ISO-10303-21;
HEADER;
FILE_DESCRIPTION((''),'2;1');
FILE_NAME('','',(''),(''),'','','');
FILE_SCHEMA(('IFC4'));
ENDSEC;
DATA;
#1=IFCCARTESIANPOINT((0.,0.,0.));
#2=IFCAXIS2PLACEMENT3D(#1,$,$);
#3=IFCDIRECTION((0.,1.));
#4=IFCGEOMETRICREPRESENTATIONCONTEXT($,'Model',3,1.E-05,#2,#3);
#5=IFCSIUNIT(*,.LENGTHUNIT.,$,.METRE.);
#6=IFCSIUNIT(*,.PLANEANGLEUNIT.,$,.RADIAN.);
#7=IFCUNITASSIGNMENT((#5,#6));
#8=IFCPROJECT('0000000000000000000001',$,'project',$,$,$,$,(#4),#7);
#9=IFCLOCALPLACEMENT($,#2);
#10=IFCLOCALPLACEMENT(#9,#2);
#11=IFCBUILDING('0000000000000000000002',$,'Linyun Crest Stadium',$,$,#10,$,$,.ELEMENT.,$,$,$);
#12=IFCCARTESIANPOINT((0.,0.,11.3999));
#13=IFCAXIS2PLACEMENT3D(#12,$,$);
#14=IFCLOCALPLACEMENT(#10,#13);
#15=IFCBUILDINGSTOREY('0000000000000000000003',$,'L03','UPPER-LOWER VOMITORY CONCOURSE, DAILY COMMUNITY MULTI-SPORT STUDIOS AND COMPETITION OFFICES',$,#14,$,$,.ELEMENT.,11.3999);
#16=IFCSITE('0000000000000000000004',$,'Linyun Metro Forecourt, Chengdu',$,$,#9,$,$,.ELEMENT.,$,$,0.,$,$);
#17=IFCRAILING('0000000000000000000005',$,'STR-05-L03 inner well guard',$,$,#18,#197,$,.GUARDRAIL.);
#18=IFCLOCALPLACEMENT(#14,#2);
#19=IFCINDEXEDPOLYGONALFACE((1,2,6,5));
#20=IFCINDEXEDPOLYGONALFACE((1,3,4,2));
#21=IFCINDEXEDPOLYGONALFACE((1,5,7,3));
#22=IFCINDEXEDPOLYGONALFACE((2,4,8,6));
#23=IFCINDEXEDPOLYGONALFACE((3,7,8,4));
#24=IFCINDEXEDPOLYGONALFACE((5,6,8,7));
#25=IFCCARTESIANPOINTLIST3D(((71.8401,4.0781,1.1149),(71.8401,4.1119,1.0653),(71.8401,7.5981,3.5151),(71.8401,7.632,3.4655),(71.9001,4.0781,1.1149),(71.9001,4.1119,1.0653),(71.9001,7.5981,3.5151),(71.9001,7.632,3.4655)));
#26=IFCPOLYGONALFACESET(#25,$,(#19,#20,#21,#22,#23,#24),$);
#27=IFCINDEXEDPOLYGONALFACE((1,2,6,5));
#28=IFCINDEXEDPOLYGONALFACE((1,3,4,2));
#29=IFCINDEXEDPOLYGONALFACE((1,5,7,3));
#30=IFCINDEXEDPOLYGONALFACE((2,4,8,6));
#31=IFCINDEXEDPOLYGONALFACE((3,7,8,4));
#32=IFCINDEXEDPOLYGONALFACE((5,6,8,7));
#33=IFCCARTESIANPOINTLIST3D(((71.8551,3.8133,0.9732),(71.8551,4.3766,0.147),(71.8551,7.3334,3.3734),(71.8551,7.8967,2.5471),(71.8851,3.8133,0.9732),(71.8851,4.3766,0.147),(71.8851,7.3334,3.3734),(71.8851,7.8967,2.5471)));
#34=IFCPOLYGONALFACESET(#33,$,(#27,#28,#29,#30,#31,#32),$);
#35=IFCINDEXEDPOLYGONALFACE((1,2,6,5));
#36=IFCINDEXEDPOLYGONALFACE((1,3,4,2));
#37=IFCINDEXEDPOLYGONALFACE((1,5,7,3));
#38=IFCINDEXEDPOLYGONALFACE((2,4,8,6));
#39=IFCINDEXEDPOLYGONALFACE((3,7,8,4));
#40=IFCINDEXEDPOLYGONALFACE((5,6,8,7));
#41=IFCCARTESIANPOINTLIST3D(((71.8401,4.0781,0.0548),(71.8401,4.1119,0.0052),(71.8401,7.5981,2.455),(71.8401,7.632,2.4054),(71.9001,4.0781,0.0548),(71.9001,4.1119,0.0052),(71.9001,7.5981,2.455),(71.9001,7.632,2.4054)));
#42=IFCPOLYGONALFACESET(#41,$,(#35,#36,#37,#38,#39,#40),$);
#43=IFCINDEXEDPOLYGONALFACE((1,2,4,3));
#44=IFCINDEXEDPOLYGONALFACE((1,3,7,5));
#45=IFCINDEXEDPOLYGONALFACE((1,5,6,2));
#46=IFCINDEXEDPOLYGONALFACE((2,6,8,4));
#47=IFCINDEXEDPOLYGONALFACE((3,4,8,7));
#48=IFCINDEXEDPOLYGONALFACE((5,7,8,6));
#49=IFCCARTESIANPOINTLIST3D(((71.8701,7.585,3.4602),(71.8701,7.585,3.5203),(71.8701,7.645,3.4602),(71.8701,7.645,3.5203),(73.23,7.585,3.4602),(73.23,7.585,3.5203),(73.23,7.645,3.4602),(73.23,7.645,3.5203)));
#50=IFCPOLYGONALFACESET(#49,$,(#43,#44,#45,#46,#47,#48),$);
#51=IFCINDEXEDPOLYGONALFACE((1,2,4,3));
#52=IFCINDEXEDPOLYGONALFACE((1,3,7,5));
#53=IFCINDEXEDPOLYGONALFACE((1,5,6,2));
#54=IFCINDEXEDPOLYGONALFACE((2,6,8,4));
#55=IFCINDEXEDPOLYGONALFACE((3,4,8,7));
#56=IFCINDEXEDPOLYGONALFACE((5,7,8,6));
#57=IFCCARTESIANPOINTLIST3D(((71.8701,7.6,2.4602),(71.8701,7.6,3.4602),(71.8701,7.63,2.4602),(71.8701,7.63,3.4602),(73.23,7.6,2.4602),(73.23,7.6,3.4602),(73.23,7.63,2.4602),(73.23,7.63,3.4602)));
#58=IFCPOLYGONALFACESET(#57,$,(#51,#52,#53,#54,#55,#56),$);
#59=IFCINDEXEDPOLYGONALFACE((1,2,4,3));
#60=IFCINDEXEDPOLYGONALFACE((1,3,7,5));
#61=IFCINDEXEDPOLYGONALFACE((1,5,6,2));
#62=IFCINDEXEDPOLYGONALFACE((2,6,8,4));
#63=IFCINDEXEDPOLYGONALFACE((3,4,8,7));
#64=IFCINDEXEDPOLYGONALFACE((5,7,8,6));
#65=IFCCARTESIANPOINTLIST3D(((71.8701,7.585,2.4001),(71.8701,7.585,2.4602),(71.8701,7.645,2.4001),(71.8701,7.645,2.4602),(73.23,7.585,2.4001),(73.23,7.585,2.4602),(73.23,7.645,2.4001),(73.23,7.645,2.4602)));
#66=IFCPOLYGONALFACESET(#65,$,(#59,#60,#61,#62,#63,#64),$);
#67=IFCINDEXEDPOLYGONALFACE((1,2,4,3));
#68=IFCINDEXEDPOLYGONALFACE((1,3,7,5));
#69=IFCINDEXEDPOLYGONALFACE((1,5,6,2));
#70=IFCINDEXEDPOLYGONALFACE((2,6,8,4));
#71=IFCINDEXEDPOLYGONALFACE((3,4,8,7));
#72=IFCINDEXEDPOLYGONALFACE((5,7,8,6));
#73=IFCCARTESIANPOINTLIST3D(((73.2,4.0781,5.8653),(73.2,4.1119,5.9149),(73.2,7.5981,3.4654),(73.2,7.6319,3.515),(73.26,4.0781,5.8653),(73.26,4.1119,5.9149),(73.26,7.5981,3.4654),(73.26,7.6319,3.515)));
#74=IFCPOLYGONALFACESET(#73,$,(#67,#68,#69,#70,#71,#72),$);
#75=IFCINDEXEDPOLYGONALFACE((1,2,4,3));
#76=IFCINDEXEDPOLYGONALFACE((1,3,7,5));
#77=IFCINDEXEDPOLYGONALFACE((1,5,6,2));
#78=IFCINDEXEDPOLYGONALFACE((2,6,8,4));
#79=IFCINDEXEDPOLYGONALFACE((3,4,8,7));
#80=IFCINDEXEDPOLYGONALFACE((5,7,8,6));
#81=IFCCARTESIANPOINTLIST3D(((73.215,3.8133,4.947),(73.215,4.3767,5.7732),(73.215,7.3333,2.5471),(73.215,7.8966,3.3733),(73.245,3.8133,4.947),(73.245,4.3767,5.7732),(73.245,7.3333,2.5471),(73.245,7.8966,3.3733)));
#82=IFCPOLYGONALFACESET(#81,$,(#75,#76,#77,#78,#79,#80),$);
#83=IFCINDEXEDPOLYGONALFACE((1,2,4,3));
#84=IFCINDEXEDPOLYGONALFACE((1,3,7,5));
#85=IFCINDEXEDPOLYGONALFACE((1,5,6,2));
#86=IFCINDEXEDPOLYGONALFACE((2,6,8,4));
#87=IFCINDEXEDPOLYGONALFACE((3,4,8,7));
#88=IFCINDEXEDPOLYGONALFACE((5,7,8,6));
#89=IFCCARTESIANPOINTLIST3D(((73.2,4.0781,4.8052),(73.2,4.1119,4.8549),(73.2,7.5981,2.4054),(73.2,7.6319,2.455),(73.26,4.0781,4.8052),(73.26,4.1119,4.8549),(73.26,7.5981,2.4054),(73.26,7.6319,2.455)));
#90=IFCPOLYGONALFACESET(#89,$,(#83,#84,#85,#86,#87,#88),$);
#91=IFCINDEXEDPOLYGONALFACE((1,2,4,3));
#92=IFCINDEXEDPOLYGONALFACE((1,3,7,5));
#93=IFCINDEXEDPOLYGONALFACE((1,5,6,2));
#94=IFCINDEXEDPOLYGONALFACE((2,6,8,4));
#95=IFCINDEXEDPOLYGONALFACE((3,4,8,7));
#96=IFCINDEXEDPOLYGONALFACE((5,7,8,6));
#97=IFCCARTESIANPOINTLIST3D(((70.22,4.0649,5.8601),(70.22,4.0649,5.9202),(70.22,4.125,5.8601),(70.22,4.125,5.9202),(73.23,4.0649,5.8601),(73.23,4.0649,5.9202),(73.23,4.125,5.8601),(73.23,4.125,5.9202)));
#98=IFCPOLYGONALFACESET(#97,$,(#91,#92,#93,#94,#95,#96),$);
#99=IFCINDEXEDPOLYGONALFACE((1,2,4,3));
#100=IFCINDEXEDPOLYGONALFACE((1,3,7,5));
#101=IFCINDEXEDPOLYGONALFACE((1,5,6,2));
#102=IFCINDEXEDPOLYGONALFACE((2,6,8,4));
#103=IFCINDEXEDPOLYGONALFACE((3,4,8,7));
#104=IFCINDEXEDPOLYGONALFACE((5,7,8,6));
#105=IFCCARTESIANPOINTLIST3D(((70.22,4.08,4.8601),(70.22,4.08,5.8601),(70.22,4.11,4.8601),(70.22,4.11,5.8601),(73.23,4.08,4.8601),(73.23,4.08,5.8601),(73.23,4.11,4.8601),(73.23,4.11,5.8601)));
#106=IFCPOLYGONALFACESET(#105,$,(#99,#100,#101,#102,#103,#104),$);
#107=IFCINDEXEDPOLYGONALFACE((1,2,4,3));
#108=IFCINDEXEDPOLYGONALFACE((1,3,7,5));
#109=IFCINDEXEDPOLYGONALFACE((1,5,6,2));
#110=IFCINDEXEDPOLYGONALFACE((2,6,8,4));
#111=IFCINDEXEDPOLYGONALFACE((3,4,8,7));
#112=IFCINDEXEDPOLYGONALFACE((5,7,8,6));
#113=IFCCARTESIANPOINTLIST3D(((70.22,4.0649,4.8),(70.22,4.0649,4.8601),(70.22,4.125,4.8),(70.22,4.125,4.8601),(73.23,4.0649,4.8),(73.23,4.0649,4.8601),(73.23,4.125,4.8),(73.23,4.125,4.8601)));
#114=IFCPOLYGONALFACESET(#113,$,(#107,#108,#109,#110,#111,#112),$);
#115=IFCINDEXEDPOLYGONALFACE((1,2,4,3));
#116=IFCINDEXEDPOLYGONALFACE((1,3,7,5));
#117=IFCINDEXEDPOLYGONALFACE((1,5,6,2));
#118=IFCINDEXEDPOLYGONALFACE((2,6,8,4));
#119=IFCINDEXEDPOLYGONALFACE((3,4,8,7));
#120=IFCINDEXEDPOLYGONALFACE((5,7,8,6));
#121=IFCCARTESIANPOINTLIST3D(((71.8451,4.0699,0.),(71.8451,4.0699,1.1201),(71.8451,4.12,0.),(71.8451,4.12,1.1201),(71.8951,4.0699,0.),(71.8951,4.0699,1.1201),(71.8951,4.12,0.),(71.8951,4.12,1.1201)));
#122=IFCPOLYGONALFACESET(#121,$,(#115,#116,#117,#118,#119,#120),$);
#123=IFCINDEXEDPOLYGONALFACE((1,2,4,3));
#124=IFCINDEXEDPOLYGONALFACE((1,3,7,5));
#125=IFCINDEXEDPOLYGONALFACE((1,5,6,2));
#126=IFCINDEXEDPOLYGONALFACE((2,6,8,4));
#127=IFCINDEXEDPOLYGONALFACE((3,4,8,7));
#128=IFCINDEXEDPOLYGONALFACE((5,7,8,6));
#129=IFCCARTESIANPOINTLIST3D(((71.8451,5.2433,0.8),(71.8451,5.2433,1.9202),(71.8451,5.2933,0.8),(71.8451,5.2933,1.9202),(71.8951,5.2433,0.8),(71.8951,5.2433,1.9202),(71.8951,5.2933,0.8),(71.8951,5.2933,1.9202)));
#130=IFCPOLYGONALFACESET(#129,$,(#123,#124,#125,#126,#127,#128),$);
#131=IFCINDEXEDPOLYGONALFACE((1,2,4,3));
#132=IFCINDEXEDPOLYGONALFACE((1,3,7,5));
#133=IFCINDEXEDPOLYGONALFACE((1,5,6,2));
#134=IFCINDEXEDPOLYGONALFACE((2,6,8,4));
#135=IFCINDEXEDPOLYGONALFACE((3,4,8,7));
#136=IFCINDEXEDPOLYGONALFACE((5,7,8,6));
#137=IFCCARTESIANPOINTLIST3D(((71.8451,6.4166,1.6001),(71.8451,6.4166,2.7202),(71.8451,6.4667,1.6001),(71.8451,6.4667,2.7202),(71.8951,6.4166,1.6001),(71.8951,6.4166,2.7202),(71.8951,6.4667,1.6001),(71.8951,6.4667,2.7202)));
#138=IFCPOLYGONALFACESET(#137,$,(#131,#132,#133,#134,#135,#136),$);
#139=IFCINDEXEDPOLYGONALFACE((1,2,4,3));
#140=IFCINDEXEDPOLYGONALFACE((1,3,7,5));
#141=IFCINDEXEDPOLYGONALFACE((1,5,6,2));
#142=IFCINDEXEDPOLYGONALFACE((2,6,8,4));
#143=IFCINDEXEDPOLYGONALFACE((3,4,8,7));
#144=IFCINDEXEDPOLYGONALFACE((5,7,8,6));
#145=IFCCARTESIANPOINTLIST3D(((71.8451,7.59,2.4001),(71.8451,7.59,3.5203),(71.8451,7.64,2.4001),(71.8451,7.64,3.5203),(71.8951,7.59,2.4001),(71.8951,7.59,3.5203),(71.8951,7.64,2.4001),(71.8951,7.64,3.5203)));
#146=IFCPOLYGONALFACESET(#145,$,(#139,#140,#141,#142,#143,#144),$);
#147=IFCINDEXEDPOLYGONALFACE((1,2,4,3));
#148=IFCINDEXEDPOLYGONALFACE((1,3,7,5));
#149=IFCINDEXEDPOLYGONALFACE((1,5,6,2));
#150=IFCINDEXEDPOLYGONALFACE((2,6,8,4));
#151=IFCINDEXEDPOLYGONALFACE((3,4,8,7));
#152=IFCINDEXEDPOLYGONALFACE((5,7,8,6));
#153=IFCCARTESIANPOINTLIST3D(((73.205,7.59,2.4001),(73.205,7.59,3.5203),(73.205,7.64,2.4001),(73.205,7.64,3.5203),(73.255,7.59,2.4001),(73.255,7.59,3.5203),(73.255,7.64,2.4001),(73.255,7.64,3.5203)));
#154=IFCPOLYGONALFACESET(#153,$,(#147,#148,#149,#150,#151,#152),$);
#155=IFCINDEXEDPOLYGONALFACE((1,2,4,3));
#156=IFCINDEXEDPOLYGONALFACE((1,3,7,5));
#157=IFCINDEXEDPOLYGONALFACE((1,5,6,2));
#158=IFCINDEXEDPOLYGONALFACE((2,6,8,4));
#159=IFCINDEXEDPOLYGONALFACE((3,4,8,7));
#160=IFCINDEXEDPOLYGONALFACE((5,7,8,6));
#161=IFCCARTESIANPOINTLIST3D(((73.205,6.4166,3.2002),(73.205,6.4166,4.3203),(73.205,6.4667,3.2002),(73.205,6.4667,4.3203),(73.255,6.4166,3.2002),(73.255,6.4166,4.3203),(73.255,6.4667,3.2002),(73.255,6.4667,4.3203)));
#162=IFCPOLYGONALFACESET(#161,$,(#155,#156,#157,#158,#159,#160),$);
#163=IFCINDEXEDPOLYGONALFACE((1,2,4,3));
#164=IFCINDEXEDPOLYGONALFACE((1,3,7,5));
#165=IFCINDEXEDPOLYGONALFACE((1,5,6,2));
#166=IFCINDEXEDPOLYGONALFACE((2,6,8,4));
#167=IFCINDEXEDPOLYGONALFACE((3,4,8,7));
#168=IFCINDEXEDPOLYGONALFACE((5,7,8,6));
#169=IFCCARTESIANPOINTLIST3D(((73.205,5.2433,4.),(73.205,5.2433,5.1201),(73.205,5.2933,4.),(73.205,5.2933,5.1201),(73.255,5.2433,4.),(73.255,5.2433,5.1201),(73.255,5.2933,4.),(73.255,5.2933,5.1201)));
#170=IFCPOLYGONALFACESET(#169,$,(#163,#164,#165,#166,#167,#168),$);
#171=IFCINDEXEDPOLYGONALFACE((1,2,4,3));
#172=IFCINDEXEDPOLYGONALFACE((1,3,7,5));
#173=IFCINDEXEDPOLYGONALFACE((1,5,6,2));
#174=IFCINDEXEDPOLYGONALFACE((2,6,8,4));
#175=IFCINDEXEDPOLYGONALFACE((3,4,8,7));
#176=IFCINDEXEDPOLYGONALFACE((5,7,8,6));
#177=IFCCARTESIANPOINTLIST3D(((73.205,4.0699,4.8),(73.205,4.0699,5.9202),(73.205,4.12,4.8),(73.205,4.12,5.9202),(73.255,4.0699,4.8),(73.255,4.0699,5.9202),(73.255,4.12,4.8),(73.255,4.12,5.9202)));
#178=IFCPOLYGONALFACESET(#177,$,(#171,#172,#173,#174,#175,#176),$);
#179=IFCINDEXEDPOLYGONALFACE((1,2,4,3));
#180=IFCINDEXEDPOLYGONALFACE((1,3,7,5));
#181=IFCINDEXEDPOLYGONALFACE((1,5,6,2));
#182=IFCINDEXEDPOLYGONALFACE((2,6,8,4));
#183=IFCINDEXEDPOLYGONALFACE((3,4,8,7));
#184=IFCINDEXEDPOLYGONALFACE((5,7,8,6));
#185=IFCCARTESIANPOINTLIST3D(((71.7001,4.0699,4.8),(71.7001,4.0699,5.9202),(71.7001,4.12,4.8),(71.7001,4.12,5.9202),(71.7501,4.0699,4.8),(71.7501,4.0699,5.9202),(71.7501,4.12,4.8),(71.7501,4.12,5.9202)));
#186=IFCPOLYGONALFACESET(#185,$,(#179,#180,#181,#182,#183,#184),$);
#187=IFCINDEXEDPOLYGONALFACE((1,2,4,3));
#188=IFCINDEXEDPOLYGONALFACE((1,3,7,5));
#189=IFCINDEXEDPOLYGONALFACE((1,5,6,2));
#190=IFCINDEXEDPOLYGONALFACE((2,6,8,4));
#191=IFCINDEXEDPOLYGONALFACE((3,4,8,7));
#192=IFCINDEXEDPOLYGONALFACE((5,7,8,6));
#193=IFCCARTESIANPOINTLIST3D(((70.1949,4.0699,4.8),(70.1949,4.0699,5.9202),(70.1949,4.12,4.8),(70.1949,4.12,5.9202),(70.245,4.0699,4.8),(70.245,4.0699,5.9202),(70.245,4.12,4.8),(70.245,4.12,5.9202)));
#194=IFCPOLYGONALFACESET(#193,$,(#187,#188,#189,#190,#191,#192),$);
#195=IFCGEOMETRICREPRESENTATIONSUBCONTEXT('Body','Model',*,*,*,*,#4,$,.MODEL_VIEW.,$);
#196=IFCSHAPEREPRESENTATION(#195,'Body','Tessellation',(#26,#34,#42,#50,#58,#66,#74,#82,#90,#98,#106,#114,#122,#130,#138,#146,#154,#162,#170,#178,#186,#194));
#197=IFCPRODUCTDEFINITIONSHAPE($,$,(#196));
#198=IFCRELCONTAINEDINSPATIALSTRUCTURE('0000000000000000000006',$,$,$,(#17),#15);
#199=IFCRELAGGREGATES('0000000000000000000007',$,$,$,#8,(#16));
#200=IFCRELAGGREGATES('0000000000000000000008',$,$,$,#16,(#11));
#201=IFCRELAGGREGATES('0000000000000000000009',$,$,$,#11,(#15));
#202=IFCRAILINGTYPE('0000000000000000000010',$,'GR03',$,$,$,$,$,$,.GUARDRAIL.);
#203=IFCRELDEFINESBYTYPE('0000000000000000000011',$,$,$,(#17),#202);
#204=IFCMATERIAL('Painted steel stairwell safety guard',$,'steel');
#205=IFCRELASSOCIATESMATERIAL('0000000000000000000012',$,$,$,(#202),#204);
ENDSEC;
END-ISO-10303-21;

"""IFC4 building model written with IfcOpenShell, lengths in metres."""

from ifc_helpers import new_model, si_unit, direction, frame, origin, origin_2d, place, context, subcontext, project, spatial, rectangle, extrude, material, type_object, element, save


model = new_model("IFC4")

# Units and contexts
model_context = context("Model", 3, precision=1e-05, world=origin(), true_north=direction((0.0, 1.0)))
body_context = subcontext(model_context, "Body", "Model", "MODEL_VIEW")
ifc_project = project(units=[si_unit("LENGTHUNIT", "METRE"), si_unit("PLANEANGLEUNIT", "RADIAN")], contexts=[model_context])

# Site, building, storey
site_placement = place(None, origin())
site = spatial("IfcSite", under=ifc_project, at=site_placement, Name="Linyun Metro Forecourt, Chengdu", CompositionType="ELEMENT", RefElevation=0.0)
building_placement = place(site_placement, origin())
building = spatial("IfcBuilding", under=site, at=building_placement, Name="Linyun Crest Stadium", CompositionType="ELEMENT")
storey_placement = place(building_placement, frame((0.0, 0.0, 11.3999)))
storey = spatial("IfcBuildingStorey", under=building, at=storey_placement, Name="L03", Description="UPPER-LOWER VOMITORY CONCOURSE, DAILY COMMUNITY MULTI-SPORT STUDIOS AND COMPETITION OFFICES", CompositionType="ELEMENT", Elevation=11.3999)

# Railing
ifc_material_1 = material(Name="Painted steel stairwell safety guard", Category="steel")
railing_type_1 = type_object("IfcRailingType", Name="GR03", PredefinedType="GUARDRAIL", material=ifc_material_1)
railing_1_placement = place(storey_placement, frame((71.8701, 4.095, 0.0)))
element("IfcRailing", 1, at=railing_1_placement, inside=storey, type_object=railing_type_1, Name="STR-05-L03 inner well guard", PredefinedType="GUARDRAIL", context=body_context, shape_type="SweptSolid", body=[
    extrude(rectangle(XDim=0.0601, YDim=0.0601, at=origin_2d()), frame((0.0, 0.0, 1.0901), z_axis=(0.0, 0.826213, 0.563358), x_axis=(-1.0, 0.0, 0.0)), (0.0, 0.0, 1.0), 4.2605),
    extrude(rectangle(XDim=0.03, YDim=1.0, at=origin_2d()), frame((0.0, 0.0, 0.5601), z_axis=(0.0, 0.826213, 0.563358), x_axis=(-1.0, 0.0, 0.0)), (0.0, 0.0, 1.0), 4.2605),
    extrude(rectangle(XDim=0.0601, YDim=0.0601, at=origin_2d()), frame((0.0, 0.0, 0.03), z_axis=(0.0, 0.826213, 0.563358), x_axis=(-1.0, 0.0, 0.0)), (0.0, 0.0, 1.0), 4.2605),
    extrude(rectangle(XDim=0.0601, YDim=0.0601, at=origin_2d()), frame((0.0, 3.52, 3.4902), z_axis=(1.0, 0.0, 0.0), x_axis=(0.0, 1.0, 0.0)), (0.0, 0.0, 1.0), 1.3599),
    extrude(rectangle(XDim=0.03, YDim=1.0, at=origin_2d()), frame((0.0, 3.52, 2.9602), z_axis=(1.0, 0.0, 0.0), x_axis=(0.0, 1.0, 0.0)), (0.0, 0.0, 1.0), 1.3599),
    extrude(rectangle(XDim=0.0601, YDim=0.0601, at=origin_2d()), frame((0.0, 3.52, 2.4302), z_axis=(1.0, 0.0, 0.0), x_axis=(0.0, 1.0, 0.0)), (0.0, 0.0, 1.0), 1.3599),
    extrude(rectangle(XDim=0.0601, YDim=0.0601, at=origin_2d()), frame((1.3599, 3.52, 3.4902), z_axis=(0.0, -0.826239, 0.563319), x_axis=(1.0, 0.0, 0.0)), (0.0, 0.0, 1.0), 4.2603),
    extrude(rectangle(XDim=0.03, YDim=1.0, at=origin_2d()), frame((1.3599, 3.52, 2.9602), z_axis=(0.0, -0.826239, 0.563319), x_axis=(1.0, 0.0, 0.0)), (0.0, 0.0, 1.0), 4.2603),
    extrude(rectangle(XDim=0.0601, YDim=0.0601, at=origin_2d()), frame((1.3599, 3.52, 2.4302), z_axis=(0.0, -0.826239, 0.563319), x_axis=(1.0, 0.0, 0.0)), (0.0, 0.0, 1.0), 4.2603),
    extrude(rectangle(XDim=0.0601, YDim=0.0601, at=origin_2d()), frame((1.3599, 0.0, 5.8901), z_axis=(-1.0, 0.0, 0.0), x_axis=(0.0, -1.0, 0.0)), (0.0, 0.0, 1.0), 3.01),
    extrude(rectangle(XDim=0.03, YDim=1.0, at=origin_2d()), frame((1.3599, 0.0, 5.3601), z_axis=(-1.0, 0.0, 0.0), x_axis=(0.0, -1.0, 0.0)), (0.0, 0.0, 1.0), 3.01),
    extrude(rectangle(XDim=0.0601, YDim=0.0601, at=origin_2d()), frame((1.3599, 0.0, 4.8301), z_axis=(-1.0, 0.0, 0.0), x_axis=(0.0, -1.0, 0.0)), (0.0, 0.0, 1.0), 3.01),
    extrude(rectangle(XDim=0.05, YDim=0.05, at=origin_2d()), origin(), (0.0, 0.0, 1.0), 1.1201),
    extrude(rectangle(XDim=0.05, YDim=0.05, at=origin_2d()), frame((0.0, 1.1733, 0.8)), (0.0, 0.0, 1.0), 1.1201),
    extrude(rectangle(XDim=0.05, YDim=0.05, at=origin_2d()), frame((0.0, 2.3467, 1.6001)), (0.0, 0.0, 1.0), 1.1201),
    extrude(rectangle(XDim=0.05, YDim=0.05, at=origin_2d()), frame((0.0, 3.52, 2.4001)), (0.0, 0.0, 1.0), 1.1201),
    extrude(rectangle(XDim=0.05, YDim=0.05, at=origin_2d()), frame((1.3599, 3.52, 2.4001)), (0.0, 0.0, 1.0), 1.1201),
    extrude(rectangle(XDim=0.05, YDim=0.05, at=origin_2d()), frame((1.3599, 2.3467, 3.2002)), (0.0, 0.0, 1.0), 1.1201),
    extrude(rectangle(XDim=0.05, YDim=0.05, at=origin_2d()), frame((1.3599, 1.1733, 4.0)), (0.0, 0.0, 1.0), 1.1201),
    extrude(rectangle(XDim=0.05, YDim=0.05, at=origin_2d()), frame((1.3599, 0.0, 4.8)), (0.0, 0.0, 1.0), 1.1201),
    extrude(rectangle(XDim=0.05, YDim=0.05, at=origin_2d()), frame((-0.145, 0.0, 4.8)), (0.0, 0.0, 1.0), 1.1201),
    extrude(rectangle(XDim=0.05, YDim=0.05, at=origin_2d()), frame((-1.6501, 0.0, 4.8)), (0.0, 0.0, 1.0), 1.1201),
])

save(model, "model.ifc")
